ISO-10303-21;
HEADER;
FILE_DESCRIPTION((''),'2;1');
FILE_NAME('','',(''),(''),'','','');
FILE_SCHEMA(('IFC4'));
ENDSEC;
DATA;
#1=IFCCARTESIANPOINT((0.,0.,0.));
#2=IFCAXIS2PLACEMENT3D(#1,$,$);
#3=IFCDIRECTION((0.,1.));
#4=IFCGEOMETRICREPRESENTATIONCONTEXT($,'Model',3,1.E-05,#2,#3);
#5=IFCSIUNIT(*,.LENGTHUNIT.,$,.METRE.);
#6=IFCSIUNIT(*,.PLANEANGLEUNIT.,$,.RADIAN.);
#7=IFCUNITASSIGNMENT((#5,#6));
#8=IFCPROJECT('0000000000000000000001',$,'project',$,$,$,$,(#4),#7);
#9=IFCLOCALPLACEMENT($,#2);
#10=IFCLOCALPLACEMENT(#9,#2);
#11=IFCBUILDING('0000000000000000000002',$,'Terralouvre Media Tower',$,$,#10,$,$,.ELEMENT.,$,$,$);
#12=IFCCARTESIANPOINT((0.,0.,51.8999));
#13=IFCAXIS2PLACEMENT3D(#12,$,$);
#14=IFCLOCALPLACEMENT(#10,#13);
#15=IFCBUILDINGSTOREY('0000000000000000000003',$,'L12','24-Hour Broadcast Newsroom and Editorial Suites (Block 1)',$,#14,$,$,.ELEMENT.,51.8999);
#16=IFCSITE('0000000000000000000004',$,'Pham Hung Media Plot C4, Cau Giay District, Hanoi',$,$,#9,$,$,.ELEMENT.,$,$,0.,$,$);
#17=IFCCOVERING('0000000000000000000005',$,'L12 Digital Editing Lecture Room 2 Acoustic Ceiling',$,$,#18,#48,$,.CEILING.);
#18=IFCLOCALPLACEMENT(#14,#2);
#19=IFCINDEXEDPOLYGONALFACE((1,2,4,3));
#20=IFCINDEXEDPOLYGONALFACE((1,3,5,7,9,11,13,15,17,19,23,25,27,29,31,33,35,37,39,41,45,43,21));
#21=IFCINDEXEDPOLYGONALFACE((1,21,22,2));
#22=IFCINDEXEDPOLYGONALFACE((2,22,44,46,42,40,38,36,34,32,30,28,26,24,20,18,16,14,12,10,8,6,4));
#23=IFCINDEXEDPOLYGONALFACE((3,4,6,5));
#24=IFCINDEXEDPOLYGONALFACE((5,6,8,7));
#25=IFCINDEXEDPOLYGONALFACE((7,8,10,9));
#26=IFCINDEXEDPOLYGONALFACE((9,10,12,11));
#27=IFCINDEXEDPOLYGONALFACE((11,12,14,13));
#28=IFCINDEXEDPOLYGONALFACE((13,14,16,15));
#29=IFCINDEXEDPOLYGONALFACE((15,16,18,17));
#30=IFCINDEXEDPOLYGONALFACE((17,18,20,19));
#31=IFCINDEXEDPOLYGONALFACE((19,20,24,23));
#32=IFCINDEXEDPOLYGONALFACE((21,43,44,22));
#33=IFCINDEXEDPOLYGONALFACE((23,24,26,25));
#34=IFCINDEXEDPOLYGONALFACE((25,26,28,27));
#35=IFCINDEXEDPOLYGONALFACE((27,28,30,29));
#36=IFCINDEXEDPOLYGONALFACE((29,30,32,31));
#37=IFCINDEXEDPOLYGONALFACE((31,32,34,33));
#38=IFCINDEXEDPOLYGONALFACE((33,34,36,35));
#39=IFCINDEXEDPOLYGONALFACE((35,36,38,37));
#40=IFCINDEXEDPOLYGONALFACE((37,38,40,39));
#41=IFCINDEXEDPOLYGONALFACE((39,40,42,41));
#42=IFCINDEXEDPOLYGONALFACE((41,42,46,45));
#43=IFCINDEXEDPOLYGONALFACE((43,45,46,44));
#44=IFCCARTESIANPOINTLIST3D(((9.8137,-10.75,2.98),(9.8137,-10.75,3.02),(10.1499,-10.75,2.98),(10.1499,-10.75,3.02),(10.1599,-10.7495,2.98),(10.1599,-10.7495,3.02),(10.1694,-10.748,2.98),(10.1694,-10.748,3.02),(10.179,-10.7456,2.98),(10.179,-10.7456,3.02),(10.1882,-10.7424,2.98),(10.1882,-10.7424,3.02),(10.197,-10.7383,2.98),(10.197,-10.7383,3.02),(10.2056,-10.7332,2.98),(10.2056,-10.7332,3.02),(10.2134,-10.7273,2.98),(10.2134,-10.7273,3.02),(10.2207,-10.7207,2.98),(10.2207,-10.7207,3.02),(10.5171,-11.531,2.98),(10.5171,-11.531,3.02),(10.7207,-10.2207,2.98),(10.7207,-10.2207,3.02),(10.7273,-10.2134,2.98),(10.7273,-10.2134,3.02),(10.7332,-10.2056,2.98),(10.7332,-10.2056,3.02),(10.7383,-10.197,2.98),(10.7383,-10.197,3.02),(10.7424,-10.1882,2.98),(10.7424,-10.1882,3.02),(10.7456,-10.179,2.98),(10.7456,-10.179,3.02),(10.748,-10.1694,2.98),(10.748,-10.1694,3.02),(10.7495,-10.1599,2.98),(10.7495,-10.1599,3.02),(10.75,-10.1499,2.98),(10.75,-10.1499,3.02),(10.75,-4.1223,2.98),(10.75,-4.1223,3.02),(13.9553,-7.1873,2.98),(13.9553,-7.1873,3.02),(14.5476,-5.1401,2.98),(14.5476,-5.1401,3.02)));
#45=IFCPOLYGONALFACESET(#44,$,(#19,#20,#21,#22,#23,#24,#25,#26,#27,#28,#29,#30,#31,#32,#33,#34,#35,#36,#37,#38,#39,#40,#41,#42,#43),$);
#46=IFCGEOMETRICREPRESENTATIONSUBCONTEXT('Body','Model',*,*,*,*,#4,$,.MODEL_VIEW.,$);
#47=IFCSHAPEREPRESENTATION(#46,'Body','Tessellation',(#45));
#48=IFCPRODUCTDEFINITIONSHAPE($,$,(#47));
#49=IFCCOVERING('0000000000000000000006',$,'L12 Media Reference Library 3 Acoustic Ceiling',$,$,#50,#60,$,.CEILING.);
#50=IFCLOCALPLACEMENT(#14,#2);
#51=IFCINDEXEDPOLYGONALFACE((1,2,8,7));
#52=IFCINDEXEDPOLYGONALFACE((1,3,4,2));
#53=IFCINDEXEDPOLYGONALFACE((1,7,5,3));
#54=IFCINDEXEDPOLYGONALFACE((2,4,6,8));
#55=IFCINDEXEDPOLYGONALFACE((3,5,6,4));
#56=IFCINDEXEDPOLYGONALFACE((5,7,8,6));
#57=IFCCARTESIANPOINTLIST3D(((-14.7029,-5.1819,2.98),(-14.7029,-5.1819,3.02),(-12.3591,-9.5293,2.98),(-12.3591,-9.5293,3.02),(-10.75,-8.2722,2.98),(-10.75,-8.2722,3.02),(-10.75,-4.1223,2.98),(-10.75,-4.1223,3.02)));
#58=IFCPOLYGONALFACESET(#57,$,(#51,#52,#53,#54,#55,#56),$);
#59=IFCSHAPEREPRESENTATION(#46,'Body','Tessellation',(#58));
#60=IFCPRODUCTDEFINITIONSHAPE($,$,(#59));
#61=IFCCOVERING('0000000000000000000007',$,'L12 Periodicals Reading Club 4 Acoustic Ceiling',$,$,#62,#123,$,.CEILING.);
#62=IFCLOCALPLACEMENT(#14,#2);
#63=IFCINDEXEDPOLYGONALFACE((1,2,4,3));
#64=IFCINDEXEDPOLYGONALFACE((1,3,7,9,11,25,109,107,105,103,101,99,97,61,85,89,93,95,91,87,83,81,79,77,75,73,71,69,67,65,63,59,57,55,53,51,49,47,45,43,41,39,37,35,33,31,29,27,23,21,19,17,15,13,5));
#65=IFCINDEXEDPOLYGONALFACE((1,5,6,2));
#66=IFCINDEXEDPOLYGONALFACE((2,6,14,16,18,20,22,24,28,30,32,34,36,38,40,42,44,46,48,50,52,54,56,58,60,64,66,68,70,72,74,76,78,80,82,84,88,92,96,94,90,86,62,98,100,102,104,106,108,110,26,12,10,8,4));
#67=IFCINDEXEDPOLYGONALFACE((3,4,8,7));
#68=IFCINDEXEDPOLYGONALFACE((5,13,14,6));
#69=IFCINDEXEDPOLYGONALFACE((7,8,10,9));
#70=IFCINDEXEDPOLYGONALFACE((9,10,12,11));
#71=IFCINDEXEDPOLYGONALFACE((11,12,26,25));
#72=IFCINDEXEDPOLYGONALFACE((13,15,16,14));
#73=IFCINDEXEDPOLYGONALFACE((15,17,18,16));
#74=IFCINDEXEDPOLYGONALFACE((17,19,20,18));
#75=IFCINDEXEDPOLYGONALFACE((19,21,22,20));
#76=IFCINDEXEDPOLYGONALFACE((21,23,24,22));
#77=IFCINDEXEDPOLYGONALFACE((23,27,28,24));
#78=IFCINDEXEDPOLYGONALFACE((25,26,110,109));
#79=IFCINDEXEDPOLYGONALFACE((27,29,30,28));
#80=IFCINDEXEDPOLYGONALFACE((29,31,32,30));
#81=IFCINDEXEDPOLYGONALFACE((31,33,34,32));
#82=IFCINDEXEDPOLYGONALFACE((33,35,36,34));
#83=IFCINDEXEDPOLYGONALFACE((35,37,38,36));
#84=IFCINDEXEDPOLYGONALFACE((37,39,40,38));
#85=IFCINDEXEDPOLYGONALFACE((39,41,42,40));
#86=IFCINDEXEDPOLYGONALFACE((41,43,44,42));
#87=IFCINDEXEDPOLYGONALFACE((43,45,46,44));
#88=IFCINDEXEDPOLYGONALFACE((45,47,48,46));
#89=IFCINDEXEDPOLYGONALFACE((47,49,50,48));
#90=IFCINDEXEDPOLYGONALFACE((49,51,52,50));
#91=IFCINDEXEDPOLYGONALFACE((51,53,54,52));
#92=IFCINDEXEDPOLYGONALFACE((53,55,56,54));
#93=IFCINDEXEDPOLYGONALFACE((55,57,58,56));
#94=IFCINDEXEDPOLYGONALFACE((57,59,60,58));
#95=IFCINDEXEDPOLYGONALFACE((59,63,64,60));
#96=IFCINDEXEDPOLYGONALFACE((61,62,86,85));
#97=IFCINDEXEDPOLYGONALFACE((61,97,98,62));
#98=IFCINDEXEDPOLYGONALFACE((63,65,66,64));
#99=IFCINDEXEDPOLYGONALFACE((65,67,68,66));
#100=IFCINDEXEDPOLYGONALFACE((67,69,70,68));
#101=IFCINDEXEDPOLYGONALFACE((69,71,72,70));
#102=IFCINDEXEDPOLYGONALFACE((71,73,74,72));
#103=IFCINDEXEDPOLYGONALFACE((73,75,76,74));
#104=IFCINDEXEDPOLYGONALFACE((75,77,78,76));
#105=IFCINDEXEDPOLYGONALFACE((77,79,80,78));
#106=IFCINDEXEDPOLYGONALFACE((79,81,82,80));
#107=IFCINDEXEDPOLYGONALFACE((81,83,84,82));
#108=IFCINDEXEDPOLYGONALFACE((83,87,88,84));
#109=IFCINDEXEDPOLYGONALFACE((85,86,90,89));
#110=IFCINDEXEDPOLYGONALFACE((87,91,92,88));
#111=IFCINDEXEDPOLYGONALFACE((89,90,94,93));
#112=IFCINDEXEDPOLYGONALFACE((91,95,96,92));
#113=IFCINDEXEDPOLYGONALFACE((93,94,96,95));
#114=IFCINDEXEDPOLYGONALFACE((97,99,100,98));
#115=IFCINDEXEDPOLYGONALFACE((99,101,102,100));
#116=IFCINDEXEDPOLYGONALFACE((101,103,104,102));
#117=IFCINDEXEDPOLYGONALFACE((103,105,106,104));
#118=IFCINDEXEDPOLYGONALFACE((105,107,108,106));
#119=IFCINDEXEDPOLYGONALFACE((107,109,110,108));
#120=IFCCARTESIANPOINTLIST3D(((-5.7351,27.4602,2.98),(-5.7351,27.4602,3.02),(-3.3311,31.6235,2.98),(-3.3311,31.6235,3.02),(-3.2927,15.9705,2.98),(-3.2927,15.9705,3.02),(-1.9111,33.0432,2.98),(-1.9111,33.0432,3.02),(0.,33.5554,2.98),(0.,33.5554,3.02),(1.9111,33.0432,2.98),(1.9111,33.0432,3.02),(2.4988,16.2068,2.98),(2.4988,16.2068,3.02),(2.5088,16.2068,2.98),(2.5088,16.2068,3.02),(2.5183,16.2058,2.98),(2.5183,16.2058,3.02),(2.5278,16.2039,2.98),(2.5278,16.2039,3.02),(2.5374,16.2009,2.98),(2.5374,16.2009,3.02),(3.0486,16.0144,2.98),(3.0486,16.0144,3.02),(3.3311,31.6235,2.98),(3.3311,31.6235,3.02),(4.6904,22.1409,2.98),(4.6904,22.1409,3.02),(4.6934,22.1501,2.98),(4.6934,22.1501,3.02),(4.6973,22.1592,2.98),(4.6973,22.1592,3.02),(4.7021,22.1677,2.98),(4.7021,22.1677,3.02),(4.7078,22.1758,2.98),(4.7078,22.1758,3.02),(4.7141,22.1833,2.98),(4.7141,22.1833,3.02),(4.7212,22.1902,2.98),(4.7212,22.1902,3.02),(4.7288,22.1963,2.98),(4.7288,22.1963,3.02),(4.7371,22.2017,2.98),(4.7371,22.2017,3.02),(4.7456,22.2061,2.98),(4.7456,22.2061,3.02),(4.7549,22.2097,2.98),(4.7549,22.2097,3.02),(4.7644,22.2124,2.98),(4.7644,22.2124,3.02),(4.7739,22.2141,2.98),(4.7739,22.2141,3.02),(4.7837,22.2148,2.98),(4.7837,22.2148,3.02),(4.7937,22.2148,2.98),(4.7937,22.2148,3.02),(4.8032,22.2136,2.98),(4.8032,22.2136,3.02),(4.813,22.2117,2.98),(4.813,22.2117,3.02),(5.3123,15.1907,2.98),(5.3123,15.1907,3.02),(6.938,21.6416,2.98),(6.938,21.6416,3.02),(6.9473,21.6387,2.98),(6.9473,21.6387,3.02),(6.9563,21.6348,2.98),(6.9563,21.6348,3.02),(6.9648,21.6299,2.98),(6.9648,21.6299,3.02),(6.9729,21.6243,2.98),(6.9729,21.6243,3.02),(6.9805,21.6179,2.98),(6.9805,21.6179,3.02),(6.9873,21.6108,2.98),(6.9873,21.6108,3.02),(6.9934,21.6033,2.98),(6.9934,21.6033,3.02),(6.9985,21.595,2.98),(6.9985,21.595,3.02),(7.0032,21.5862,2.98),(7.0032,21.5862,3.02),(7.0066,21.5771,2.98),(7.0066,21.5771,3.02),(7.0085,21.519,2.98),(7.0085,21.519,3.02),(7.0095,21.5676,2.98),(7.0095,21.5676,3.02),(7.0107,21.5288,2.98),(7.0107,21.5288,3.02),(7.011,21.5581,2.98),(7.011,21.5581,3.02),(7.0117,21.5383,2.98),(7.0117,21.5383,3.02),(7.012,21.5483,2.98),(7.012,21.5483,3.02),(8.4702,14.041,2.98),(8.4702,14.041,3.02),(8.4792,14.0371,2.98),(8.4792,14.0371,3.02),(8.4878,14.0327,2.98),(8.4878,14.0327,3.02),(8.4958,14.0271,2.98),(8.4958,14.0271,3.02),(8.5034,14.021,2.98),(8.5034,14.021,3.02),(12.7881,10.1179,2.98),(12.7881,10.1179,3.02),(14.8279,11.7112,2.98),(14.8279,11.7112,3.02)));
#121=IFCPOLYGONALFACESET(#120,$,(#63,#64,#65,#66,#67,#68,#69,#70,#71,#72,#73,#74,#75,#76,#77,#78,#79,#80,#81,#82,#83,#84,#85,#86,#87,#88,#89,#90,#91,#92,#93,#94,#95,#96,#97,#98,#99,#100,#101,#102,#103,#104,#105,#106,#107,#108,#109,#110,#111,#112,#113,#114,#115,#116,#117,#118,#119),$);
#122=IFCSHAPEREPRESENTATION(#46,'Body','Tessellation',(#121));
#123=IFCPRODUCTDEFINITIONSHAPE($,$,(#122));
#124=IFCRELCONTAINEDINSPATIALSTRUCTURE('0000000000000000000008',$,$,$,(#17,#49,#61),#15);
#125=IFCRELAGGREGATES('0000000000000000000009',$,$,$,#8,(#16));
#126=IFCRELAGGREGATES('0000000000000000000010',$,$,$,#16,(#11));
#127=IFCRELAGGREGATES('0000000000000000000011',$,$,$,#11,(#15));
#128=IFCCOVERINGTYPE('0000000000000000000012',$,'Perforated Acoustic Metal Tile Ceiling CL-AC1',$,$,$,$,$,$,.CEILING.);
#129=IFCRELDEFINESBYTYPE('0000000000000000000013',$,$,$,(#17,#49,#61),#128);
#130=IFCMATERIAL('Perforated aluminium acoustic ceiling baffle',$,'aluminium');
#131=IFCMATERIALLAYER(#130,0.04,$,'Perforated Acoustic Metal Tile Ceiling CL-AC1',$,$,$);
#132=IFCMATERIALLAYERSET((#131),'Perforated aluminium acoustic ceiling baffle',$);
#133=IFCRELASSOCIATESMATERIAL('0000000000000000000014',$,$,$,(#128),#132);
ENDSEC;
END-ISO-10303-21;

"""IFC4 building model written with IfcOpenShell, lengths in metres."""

from ifc_helpers import new_model, si_unit, direction, frame, origin, place, context, subcontext, project, spatial, polyline, outline, extrude, material, layer, layer_set, type_object, element, save


model = new_model("IFC4")

# Units and contexts
model_context = context("Model", 3, precision=1e-05, world=origin(), true_north=direction((0.0, 1.0)))
body_context = subcontext(model_context, "Body", "Model", "MODEL_VIEW")
ifc_project = project(units=[si_unit("LENGTHUNIT", "METRE"), si_unit("PLANEANGLEUNIT", "RADIAN")], contexts=[model_context])

# Site, building, storey
site_placement = place(None, origin())
site = spatial("IfcSite", under=ifc_project, at=site_placement, Name="Pham Hung Media Plot C4, Cau Giay District, Hanoi", CompositionType="ELEMENT", RefElevation=0.0)
building_placement = place(site_placement, origin())
building = spatial("IfcBuilding", under=site, at=building_placement, Name="Terralouvre Media Tower", CompositionType="ELEMENT")
storey_placement = place(building_placement, frame((0.0, 0.0, 51.8999)))
storey = spatial("IfcBuildingStorey", under=building, at=storey_placement, Name="L12", Description="24-Hour Broadcast Newsroom and Editorial Suites (Block 1)", CompositionType="ELEMENT", Elevation=51.8999)

# Coverings
ifc_material_1 = material(Name="Perforated aluminium acoustic ceiling baffle", Category="aluminium")
ifc_layer_1 = layer(ifc_material_1, 0.04, Name="Perforated Acoustic Metal Tile Ceiling CL-AC1")
ifc_layer_set_1 = layer_set([ifc_layer_1], Name="Perforated aluminium acoustic ceiling baffle")
covering_type_1 = type_object("IfcCoveringType", Name="Perforated Acoustic Metal Tile Ceiling CL-AC1", PredefinedType="CEILING", material=ifc_layer_set_1)
covering_1_placement = place(storey_placement, frame((0.0, 0.0, 2.98)))
element("IfcCovering", 1, at=covering_1_placement, inside=storey, type_object=covering_type_1, Name="L12 Digital Editing Lecture Room 2 Acoustic Ceiling", PredefinedType="CEILING", context=body_context, shape_type="SweptSolid", body=[
    extrude(outline(polyline([(13.9553, -7.1873), (14.5476, -5.1401), (10.75, -4.1223), (10.75, -10.1499), (10.7495, -10.1599), (10.748, -10.1694), (10.7456, -10.179), (10.7424, -10.1882), (10.7383, -10.197), (10.7332, -10.2056), (10.7273, -10.2134), (10.7207, -10.2207), (10.2207, -10.7207), (10.2134, -10.7273), (10.2056, -10.7332), (10.197, -10.7383), (10.1882, -10.7424), (10.179, -10.7456), (10.1694, -10.748), (10.1599, -10.7495), (10.1499, -10.75), (9.8137, -10.75), (10.5171, -11.531), (13.9553, -7.1873)])), origin(), (0.0, 0.0, 1.0), 0.04),
])
covering_2_placement = place(storey_placement, frame((0.0, 0.0, 2.98)))
element("IfcCovering", 2, at=covering_2_placement, inside=storey, type_object=covering_type_1, Name="L12 Media Reference Library 3 Acoustic Ceiling", PredefinedType="CEILING", context=body_context, shape_type="SweptSolid", body=[
    extrude(outline(polyline([(-10.75, -8.2722), (-10.75, -4.1223), (-14.7029, -5.1819), (-12.3591, -9.5293), (-10.75, -8.2722)])), origin(), (0.0, 0.0, 1.0), 0.04),
])
covering_3_placement = place(storey_placement, frame((0.0, 0.0, 2.98)))
element("IfcCovering", 3, at=covering_3_placement, inside=storey, type_object=covering_type_1, Name="L12 Periodicals Reading Club 4 Acoustic Ceiling", PredefinedType="CEILING", context=body_context, shape_type="SweptSolid", body=[
    extrude(outline(polyline([(-3.2927, 15.9705), (2.4988, 16.2068), (2.5088, 16.2068), (2.5183, 16.2058), (2.5278, 16.2039), (2.5374, 16.2009), (3.0486, 16.0144), (4.6904, 22.1409), (4.6934, 22.1501), (4.6973, 22.1592), (4.7021, 22.1677), (4.7078, 22.1758), (4.7141, 22.1833), (4.7212, 22.1902), (4.7288, 22.1963), (4.7371, 22.2017), (4.7456, 22.2061), (4.7549, 22.2097), (4.7644, 22.2124), (4.7739, 22.2141), (4.7837, 22.2148), (4.7937, 22.2148), (4.8032, 22.2136), (4.813, 22.2117), (6.938, 21.6416), (6.9473, 21.6387), (6.9563, 21.6348), (6.9648, 21.6299), (6.9729, 21.6243), (6.9805, 21.6179), (6.9873, 21.6108), (6.9934, 21.6033), (6.9985, 21.595), (7.0032, 21.5862), (7.0066, 21.5771), (7.0095, 21.5676), (7.011, 21.5581), (7.012, 21.5483), (7.0117, 21.5383), (7.0107, 21.5288), (7.0085, 21.519), (5.3123, 15.1907), (8.4702, 14.041), (8.4792, 14.0371), (8.4878, 14.0327), (8.4958, 14.0271), (8.5034, 14.021), (12.7881, 10.1179), (14.8279, 11.7112), (3.3311, 31.6235), (1.9111, 33.0432), (0.0, 33.5554), (-1.9111, 33.0432), (-3.3311, 31.6235), (-5.7351, 27.4602), (-3.2927, 15.9705)])), origin(), (0.0, 0.0, 1.0), 0.04),
])

save(model, "model.ifc")
